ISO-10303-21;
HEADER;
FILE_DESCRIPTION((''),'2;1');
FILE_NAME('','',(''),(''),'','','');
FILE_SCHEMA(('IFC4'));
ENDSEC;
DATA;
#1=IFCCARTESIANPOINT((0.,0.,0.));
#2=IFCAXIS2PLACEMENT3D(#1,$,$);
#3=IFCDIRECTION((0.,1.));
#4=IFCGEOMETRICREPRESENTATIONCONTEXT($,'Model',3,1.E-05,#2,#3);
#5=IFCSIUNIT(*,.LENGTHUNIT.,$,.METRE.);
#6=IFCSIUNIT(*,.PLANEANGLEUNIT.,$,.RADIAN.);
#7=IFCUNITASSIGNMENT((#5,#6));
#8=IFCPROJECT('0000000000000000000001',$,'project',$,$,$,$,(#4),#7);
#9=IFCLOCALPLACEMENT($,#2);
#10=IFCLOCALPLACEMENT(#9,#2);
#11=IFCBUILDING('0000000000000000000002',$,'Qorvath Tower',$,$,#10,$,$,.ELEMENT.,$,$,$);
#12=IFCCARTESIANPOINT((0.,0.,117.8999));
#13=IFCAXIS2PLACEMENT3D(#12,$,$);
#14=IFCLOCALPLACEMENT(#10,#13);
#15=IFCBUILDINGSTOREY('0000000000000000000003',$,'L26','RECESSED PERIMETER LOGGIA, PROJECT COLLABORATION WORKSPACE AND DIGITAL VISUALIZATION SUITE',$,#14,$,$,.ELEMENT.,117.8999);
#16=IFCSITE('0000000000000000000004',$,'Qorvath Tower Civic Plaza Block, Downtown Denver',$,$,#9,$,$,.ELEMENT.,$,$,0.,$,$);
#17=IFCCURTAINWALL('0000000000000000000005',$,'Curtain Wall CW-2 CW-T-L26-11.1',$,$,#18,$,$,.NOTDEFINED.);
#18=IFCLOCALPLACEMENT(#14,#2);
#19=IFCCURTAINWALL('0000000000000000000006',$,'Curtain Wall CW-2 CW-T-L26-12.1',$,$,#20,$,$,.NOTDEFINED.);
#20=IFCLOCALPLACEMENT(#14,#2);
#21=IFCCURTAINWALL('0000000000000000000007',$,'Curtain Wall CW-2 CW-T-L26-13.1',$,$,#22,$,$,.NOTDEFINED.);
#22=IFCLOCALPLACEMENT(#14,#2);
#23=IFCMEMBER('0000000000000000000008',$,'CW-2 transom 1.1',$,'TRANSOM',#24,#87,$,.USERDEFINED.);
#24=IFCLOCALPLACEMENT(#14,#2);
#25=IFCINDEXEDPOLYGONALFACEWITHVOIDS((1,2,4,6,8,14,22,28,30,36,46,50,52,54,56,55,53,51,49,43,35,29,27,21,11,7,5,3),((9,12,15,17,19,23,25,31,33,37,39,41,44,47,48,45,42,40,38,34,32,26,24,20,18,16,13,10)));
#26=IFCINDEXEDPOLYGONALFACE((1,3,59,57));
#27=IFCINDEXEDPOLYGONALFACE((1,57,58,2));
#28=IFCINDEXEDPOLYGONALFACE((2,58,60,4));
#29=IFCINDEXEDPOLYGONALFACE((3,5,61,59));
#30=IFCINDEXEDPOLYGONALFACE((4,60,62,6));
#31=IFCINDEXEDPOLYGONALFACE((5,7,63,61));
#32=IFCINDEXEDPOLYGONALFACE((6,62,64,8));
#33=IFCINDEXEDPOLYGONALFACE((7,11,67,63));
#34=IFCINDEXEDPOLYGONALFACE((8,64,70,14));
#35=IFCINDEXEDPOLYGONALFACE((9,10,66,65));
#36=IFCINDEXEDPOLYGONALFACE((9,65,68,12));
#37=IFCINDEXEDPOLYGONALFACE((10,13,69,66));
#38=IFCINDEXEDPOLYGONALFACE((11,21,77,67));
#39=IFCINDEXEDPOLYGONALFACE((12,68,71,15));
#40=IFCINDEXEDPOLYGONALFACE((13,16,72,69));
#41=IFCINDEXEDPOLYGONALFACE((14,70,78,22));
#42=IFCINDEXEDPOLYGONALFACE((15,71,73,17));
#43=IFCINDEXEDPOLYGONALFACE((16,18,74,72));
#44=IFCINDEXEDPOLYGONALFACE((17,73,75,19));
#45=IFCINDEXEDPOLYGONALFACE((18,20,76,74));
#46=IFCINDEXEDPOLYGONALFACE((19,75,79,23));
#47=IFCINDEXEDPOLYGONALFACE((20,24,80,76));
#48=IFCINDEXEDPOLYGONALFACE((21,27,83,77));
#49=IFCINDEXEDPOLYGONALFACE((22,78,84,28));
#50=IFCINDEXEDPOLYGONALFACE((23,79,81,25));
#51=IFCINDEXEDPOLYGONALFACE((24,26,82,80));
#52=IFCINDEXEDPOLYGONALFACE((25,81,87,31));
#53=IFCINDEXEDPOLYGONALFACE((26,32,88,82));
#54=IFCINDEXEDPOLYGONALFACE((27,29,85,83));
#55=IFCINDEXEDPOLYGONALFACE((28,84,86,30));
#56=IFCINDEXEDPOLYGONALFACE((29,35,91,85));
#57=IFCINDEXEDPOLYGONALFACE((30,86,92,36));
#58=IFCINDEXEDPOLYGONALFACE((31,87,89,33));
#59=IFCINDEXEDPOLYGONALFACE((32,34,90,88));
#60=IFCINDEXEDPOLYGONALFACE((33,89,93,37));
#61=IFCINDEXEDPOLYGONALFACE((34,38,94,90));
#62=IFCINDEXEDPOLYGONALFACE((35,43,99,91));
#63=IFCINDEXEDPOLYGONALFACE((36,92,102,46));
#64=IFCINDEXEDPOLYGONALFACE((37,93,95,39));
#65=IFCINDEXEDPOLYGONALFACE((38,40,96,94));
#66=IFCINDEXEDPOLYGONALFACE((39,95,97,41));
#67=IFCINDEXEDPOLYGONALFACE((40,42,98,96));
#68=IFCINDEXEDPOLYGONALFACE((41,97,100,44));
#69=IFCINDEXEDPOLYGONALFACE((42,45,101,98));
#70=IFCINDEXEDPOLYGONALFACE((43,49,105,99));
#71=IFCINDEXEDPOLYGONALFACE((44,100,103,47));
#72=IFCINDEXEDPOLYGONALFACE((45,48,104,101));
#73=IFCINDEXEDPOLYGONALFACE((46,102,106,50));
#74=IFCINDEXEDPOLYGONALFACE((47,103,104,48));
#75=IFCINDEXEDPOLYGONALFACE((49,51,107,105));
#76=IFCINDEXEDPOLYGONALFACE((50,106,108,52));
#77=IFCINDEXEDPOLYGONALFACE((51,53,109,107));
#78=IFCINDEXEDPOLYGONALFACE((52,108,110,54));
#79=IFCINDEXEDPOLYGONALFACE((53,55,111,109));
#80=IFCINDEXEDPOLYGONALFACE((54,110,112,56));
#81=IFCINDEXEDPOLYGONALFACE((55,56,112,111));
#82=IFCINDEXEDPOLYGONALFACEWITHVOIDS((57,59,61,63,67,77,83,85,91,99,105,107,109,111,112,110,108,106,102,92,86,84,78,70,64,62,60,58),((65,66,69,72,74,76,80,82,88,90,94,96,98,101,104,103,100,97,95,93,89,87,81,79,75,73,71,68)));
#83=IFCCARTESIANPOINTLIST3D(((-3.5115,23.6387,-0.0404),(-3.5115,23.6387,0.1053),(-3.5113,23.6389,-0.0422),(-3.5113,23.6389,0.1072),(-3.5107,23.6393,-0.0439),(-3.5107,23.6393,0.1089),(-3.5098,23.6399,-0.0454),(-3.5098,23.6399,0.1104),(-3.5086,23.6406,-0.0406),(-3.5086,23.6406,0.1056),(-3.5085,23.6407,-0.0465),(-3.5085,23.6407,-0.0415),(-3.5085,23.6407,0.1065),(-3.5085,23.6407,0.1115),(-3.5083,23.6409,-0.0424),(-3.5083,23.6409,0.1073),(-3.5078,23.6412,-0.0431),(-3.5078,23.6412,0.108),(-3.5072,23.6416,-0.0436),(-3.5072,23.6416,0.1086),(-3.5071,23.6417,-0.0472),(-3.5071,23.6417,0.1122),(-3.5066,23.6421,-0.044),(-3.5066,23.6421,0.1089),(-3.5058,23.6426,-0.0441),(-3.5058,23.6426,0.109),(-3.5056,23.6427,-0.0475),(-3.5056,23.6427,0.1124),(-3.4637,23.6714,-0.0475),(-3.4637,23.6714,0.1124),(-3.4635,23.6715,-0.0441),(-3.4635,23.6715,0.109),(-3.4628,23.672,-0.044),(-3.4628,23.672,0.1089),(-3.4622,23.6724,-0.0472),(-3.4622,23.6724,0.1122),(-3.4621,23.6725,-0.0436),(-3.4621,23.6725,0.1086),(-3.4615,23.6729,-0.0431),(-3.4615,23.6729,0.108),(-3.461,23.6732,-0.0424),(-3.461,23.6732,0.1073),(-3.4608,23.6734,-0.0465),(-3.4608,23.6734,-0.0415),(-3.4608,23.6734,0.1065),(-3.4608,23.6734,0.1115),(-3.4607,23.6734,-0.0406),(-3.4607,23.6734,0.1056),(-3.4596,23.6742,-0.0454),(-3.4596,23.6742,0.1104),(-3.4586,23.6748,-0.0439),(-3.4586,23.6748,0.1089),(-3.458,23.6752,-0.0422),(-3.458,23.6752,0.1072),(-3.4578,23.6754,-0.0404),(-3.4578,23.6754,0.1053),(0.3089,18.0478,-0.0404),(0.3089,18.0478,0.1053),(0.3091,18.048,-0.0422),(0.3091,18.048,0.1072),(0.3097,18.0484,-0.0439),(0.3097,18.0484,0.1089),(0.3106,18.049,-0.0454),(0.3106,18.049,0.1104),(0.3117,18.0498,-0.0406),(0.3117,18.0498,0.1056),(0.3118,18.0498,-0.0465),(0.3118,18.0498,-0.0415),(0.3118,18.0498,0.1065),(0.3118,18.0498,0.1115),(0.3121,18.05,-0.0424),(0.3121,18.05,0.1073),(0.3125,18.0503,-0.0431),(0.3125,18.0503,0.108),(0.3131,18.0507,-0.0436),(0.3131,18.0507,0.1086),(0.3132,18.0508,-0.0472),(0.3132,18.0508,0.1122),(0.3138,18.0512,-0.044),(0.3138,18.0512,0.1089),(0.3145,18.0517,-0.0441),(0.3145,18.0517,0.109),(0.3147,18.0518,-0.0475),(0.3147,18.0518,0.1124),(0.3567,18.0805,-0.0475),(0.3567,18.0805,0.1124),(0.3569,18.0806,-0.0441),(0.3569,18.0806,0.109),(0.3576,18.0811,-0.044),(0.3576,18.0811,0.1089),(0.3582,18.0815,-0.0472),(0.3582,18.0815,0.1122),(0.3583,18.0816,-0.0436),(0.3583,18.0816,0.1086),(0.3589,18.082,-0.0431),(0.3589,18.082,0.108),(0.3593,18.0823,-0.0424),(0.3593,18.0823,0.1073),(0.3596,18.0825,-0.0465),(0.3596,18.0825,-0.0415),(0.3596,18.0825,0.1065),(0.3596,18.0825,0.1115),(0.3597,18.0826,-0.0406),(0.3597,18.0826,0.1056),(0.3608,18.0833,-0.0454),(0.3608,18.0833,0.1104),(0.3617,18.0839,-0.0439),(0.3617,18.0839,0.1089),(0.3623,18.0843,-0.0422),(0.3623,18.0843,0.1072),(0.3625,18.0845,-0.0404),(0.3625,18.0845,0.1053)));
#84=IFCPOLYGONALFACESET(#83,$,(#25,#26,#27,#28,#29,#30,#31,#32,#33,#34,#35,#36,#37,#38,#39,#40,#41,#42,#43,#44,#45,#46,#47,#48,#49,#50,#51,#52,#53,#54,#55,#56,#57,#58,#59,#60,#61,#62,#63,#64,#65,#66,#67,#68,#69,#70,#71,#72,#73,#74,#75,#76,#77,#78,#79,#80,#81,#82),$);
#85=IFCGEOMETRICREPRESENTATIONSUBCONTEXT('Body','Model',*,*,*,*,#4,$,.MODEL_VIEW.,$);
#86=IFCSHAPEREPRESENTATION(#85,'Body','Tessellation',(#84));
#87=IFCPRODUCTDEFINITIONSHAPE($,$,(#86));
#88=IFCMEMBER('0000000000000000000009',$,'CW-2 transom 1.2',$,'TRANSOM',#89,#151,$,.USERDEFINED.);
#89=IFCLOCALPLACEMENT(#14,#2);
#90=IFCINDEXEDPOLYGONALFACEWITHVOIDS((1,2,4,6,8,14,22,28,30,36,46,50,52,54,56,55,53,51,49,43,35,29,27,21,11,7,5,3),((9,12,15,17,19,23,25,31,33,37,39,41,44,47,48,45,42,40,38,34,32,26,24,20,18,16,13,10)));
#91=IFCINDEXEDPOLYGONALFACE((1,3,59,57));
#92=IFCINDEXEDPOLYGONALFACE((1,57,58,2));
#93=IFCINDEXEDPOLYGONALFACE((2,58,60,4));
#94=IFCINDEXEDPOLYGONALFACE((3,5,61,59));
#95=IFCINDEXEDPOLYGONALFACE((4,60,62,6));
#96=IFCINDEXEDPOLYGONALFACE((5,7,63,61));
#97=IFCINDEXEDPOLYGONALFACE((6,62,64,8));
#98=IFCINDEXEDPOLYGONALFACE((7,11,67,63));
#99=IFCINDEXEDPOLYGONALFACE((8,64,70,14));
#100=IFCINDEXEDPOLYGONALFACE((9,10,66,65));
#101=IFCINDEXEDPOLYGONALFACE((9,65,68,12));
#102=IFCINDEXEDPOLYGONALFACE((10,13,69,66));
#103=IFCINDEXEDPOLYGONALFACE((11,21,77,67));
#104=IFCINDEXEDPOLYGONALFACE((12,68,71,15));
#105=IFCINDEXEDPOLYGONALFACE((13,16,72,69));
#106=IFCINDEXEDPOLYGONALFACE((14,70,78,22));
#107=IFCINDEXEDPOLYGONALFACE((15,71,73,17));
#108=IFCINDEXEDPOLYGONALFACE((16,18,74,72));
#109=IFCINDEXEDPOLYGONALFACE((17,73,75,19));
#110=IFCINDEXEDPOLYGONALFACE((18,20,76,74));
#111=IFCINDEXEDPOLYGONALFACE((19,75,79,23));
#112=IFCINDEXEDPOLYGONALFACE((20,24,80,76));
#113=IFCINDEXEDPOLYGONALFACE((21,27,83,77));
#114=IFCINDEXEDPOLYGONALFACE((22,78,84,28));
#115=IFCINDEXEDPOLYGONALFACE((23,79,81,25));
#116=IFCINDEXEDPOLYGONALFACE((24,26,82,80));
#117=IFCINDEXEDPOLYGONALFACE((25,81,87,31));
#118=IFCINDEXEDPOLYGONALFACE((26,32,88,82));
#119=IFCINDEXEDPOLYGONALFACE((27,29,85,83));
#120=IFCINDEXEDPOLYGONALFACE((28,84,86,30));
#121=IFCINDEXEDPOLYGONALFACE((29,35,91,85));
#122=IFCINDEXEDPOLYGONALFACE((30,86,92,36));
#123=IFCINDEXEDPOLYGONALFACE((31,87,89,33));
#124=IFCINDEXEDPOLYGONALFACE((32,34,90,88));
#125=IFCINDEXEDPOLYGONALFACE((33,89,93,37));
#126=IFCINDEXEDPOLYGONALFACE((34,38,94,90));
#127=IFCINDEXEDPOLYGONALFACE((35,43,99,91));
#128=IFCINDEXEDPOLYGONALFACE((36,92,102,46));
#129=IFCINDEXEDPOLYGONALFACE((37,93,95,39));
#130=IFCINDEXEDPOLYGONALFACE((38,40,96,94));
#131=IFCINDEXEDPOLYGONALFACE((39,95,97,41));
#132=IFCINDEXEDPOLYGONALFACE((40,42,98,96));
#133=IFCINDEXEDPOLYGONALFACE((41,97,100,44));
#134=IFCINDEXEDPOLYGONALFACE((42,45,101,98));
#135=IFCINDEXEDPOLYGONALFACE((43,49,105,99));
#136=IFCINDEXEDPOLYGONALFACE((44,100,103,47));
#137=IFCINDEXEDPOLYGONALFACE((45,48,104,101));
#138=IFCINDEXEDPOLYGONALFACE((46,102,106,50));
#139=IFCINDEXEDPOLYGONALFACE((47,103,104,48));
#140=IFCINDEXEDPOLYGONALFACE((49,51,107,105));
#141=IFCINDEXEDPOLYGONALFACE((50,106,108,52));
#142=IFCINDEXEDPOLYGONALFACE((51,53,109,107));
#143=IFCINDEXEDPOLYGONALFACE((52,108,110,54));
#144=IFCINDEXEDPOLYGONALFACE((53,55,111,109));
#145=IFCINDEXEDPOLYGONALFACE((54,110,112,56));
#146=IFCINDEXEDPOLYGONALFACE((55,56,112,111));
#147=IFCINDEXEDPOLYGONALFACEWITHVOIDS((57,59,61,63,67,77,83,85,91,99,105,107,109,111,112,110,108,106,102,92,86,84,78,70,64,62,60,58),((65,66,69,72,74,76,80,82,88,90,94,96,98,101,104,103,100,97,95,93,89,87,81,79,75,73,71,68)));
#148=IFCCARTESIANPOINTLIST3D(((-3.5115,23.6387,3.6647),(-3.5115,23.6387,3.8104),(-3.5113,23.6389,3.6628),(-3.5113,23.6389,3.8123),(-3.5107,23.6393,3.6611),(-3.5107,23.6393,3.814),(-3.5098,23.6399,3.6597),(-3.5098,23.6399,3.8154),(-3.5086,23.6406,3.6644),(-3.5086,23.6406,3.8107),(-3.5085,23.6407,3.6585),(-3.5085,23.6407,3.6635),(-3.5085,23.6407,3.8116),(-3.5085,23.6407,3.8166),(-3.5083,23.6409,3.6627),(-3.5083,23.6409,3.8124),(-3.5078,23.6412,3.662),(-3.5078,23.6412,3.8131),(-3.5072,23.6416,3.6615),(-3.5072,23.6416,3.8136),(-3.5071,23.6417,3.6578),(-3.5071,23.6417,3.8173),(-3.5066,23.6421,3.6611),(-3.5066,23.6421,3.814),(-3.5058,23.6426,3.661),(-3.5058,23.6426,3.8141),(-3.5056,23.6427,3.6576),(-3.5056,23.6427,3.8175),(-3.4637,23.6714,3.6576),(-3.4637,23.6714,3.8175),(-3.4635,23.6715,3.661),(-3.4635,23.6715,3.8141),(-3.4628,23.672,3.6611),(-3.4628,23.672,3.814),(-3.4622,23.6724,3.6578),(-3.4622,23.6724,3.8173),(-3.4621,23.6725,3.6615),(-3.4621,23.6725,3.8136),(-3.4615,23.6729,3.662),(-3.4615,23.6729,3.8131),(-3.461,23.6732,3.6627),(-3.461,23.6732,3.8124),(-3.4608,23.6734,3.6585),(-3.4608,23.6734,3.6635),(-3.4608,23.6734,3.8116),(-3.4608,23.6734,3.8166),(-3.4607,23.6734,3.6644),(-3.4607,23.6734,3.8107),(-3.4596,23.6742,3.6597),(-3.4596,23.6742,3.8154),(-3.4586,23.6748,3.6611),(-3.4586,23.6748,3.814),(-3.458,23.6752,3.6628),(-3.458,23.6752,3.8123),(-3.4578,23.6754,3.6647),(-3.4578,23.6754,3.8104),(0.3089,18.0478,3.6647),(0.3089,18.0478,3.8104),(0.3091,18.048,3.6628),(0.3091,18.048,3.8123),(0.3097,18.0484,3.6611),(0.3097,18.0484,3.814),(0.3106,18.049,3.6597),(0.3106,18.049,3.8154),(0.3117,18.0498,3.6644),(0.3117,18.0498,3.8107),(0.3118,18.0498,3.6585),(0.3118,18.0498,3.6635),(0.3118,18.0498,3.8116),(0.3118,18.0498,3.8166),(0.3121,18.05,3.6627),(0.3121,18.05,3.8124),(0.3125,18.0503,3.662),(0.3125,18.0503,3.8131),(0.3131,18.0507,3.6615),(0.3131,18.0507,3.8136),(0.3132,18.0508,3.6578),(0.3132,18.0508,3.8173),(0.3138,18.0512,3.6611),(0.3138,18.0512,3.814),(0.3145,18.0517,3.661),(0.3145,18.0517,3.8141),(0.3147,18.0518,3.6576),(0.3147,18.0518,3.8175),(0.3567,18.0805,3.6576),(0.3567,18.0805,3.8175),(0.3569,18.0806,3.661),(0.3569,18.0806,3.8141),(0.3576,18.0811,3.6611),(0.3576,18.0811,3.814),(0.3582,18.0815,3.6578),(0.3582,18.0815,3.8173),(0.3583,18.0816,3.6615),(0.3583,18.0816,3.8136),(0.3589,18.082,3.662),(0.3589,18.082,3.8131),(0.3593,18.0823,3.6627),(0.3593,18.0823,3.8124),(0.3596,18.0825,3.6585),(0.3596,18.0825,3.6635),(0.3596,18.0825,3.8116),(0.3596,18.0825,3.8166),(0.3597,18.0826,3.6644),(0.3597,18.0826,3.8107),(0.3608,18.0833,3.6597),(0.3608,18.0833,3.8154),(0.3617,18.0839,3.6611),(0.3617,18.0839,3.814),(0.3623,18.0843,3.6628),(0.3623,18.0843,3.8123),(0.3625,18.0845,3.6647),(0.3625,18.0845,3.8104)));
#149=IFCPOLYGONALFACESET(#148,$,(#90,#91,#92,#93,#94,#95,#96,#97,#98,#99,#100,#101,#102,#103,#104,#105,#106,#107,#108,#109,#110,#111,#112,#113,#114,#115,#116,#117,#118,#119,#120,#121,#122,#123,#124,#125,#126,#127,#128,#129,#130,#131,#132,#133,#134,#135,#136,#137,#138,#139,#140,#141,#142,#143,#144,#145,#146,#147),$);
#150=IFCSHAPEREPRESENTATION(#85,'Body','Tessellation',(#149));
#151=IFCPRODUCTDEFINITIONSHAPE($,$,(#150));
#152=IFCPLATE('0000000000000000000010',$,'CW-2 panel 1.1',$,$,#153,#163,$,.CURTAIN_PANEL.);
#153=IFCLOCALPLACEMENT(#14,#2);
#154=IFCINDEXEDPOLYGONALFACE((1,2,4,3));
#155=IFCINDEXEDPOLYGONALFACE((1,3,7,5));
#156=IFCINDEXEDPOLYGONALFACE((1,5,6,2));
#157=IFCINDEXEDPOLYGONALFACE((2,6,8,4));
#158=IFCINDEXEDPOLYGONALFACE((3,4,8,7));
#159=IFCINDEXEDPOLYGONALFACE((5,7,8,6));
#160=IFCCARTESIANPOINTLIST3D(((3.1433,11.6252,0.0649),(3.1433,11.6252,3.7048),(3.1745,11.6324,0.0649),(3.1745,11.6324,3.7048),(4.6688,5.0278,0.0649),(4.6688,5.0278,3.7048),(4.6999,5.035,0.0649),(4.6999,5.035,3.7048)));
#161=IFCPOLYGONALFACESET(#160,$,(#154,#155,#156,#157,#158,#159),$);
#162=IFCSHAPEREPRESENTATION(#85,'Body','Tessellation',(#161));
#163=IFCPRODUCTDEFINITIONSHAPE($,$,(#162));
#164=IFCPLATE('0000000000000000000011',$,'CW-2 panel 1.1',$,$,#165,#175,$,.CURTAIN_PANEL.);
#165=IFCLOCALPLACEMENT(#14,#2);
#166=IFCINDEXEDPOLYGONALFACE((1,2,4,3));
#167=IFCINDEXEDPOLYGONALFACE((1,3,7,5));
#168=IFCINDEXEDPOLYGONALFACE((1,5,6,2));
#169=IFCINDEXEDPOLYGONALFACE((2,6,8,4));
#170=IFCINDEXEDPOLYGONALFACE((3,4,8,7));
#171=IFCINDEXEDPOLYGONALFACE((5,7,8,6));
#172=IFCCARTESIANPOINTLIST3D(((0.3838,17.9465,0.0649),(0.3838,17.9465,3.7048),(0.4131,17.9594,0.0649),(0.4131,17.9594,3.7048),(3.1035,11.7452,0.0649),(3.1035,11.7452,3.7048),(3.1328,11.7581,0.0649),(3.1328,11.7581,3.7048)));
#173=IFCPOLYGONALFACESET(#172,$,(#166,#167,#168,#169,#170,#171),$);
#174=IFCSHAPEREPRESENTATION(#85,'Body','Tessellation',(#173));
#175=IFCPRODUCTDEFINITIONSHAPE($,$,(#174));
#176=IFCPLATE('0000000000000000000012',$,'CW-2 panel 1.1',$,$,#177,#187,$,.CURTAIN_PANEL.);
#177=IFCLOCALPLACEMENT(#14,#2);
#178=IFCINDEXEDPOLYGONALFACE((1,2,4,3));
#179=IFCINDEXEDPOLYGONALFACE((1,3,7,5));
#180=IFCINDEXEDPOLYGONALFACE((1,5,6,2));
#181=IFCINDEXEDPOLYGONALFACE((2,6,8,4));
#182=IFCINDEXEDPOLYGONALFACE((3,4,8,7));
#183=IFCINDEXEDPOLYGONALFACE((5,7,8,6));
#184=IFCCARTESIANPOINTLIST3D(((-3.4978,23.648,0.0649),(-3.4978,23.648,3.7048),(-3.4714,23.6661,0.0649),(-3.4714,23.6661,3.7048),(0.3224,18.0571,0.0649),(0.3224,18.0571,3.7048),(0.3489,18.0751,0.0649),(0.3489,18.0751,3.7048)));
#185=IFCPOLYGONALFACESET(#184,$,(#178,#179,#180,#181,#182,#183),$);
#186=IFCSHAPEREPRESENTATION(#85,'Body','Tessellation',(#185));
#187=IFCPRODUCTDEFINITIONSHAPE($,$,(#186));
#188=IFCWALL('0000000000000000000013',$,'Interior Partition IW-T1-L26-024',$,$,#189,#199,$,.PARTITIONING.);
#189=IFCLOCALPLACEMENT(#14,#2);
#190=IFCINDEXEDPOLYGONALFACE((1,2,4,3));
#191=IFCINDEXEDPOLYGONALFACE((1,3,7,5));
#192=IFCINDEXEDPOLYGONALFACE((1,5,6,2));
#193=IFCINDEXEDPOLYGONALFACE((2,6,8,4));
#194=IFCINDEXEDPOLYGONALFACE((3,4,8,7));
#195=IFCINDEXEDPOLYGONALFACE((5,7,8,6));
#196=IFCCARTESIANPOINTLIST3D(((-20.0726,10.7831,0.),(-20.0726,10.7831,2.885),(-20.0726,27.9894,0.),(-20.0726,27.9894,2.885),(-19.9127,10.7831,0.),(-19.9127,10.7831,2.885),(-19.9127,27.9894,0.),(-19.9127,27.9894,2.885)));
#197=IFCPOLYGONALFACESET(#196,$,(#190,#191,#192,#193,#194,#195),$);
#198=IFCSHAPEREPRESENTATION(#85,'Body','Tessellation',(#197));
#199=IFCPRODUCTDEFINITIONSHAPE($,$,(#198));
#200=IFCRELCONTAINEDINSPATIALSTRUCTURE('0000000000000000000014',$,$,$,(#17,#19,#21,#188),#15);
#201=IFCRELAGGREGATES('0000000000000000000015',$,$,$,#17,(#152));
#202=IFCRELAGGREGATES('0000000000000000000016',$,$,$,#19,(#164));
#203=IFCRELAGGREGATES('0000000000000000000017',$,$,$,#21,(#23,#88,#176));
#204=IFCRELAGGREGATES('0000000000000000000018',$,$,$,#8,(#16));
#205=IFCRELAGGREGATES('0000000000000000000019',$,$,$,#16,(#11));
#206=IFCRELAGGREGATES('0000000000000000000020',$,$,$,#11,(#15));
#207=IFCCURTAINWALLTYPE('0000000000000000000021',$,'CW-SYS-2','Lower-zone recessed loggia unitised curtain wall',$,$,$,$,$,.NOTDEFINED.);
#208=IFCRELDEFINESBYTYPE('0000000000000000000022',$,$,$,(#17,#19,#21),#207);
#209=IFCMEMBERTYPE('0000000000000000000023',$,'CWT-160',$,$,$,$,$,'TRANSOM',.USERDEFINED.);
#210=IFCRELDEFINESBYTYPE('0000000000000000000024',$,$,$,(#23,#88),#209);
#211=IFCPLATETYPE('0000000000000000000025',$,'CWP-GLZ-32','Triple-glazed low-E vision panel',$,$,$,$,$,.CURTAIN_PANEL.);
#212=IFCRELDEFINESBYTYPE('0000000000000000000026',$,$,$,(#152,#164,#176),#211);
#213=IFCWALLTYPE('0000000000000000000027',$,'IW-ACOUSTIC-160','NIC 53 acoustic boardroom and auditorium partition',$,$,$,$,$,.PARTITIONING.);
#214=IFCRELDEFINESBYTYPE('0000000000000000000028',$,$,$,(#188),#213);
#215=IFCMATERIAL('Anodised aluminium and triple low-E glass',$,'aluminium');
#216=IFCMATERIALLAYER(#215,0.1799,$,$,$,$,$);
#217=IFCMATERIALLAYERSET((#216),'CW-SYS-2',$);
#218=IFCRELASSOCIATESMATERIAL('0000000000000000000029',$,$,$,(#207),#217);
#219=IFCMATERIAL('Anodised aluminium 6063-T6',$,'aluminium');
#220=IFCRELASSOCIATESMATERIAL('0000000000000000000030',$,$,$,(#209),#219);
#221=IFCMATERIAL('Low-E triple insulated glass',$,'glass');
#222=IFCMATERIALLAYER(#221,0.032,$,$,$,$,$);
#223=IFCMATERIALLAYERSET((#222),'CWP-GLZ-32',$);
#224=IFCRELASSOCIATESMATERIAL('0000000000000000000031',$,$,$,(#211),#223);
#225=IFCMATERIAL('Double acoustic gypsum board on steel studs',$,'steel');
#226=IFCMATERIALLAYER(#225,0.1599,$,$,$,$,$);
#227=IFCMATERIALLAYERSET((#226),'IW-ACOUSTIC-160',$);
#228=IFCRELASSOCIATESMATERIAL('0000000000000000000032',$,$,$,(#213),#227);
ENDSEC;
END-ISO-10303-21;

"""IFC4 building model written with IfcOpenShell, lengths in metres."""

from ifc_helpers import new_model, si_unit, direction, frame, frame_2d, origin, origin_2d, place, context, subcontext, project, spatial, rectangle, hollow_rectangle, extrude, material, layer, layer_set, material_profile, profile_set, type_object, element, aggregate, save


model = new_model("IFC4")

# Units and contexts
model_context = context("Model", 3, precision=1e-05, world=origin(), true_north=direction((0.0, 1.0)))
body_context = subcontext(model_context, "Body", "Model", "MODEL_VIEW")
ifc_project = project(units=[si_unit("LENGTHUNIT", "METRE"), si_unit("PLANEANGLEUNIT", "RADIAN")], contexts=[model_context])

# Site, building, storey
site_placement = place(None, origin())
site = spatial("IfcSite", under=ifc_project, at=site_placement, Name="Qorvath Tower Civic Plaza Block, Downtown Denver", CompositionType="ELEMENT", RefElevation=0.0)
building_placement = place(site_placement, origin())
building = spatial("IfcBuilding", under=site, at=building_placement, Name="Qorvath Tower", CompositionType="ELEMENT")
storey_placement = place(building_placement, frame((0.0, 0.0, 117.8999)))
storey = spatial("IfcBuildingStorey", under=building, at=storey_placement, Name="L26", Description="RECESSED PERIMETER LOGGIA, PROJECT COLLABORATION WORKSPACE AND DIGITAL VISUALIZATION SUITE", CompositionType="ELEMENT", Elevation=117.8999)

# Curtain wall
ifc_material_1 = material(Name="Anodised aluminium and triple low-E glass", Category="aluminium")
ifc_layer_1 = layer(ifc_material_1, 0.1799)
ifc_layer_set_1 = layer_set([ifc_layer_1], Name="CW-SYS-2")
curtain_wall_type = type_object("IfcCurtainWallType", Name="CW-SYS-2", Description="Lower-zone recessed loggia unitised curtain wall", PredefinedType="NOTDEFINED", material=ifc_layer_set_1)
curtain_wall_1_placement = place(storey_placement, origin())
curtain_wall_1 = element("IfcCurtainWall", 1, at=curtain_wall_1_placement, inside=storey, type_object=curtain_wall_type, Name="Curtain Wall CW-2 CW-T-L26-11.1", PredefinedType="NOTDEFINED")

# Curtain walls
curtain_wall_2_placement = place(storey_placement, origin())
curtain_wall_2 = element("IfcCurtainWall", 2, at=curtain_wall_2_placement, inside=storey, type_object=curtain_wall_type, Name="Curtain Wall CW-2 CW-T-L26-12.1", PredefinedType="NOTDEFINED")
curtain_wall_3_placement = place(storey_placement, origin())
curtain_wall_3 = element("IfcCurtainWall", 3, at=curtain_wall_3_placement, inside=storey, type_object=curtain_wall_type, Name="Curtain Wall CW-2 CW-T-L26-13.1", PredefinedType="NOTDEFINED")

# Members
ifc_material_2 = material(Name="Anodised aluminium 6063-T6", Category="aluminium")
ifc_material_profile_1 = material_profile(ifc_material_2, hollow_rectangle(XDim=0.0649, YDim=0.1599, WallThickness=0.0034, InnerFilletRadius=0.0034, OuterFilletRadius=0.0071, at=origin_2d()), Name="CWT 160x65")
ifc_profile_set_1 = profile_set([ifc_material_profile_1], Name="Anodised aluminium 6063-T6")
member_type_1 = type_object("IfcMemberType", Name="CWT-160", ElementType="TRANSOM", PredefinedType="USERDEFINED", material=ifc_profile_set_1)
member_1_placement = place(storey_placement, frame((0.3357, 18.0662, 0.0325), z_axis=(-0.564182, 0.82565, 0.0), x_axis=(-0.82565, -0.564182, 0.0)))
member_1 = element("IfcMember", 4, at=member_1_placement, type_object=member_type_1, Name="CW-2 transom 1.1", ObjectType="TRANSOM", PredefinedType="USERDEFINED", context=body_context, shape_type="SweptSolid", body=[
    extrude(hollow_rectangle(XDim=0.0649, YDim=0.1599, WallThickness=0.0034, InnerFilletRadius=0.0034, OuterFilletRadius=0.0071, at=origin_2d()), origin(), (0.0, 0.0, 1.0), 6.7715),
])
member_2_placement = place(storey_placement, frame((0.3357, 18.0662, 3.7375), z_axis=(-0.564182, 0.82565, 0.0), x_axis=(-0.82565, -0.564182, 0.0)))
member_2 = element("IfcMember", 5, at=member_2_placement, type_object=member_type_1, Name="CW-2 transom 1.2", ObjectType="TRANSOM", PredefinedType="USERDEFINED", context=body_context, shape_type="SweptSolid", body=[
    extrude(hollow_rectangle(XDim=0.0649, YDim=0.1599, WallThickness=0.0034, InnerFilletRadius=0.0034, OuterFilletRadius=0.0071, at=origin_2d()), origin(), (0.0, 0.0, 1.0), 6.7715),
])

# Plates
ifc_material_3 = material(Name="Low-E triple insulated glass", Category="glass")
ifc_layer_2 = layer(ifc_material_3, 0.032)
ifc_layer_set_2 = layer_set([ifc_layer_2], Name="CWP-GLZ-32")
plate_type = type_object("IfcPlateType", Name="CWP-GLZ-32", Description="Triple-glazed low-E vision panel", PredefinedType="CURTAIN_PANEL", material=ifc_layer_set_2)
plate_1_placement = place(storey_placement, frame((3.9216, 8.3301, 0.0649), z_axis=(0.0, 0.0, 1.0), x_axis=(-0.22527, 0.974296, 0.0)))
plate_1 = element("IfcPlate", 6, at=plate_1_placement, type_object=plate_type, Name="CW-2 panel 1.1", PredefinedType="CURTAIN_PANEL", context=body_context, shape_type="SweptSolid", body=[
    extrude(rectangle(XDim=6.7715, YDim=0.032, at=origin_2d()), origin(), (0.0, 0.0, 1.0), 3.6399),
])
aggregate(curtain_wall_1, [plate_1])
plate_2_placement = place(storey_placement, frame((1.7583, 14.8523, 0.0649), z_axis=(0.0, 0.0, 1.0), x_axis=(-0.401649, 0.915794, 0.0)))
plate_2 = element("IfcPlate", 7, at=plate_2_placement, type_object=plate_type, Name="CW-2 panel 1.1", PredefinedType="CURTAIN_PANEL", context=body_context, shape_type="SweptSolid", body=[
    extrude(rectangle(XDim=6.7715, YDim=0.032, at=origin_2d()), origin(), (0.0, 0.0, 1.0), 3.6399),
])
aggregate(curtain_wall_2, [plate_2])
plate_3_placement = place(storey_placement, frame((-1.5745, 20.8616, 0.0649), z_axis=(0.0, 0.0, 1.0), x_axis=(-0.564164, 0.825663, 0.0)))
plate_3 = element("IfcPlate", 8, at=plate_3_placement, type_object=plate_type, Name="CW-2 panel 1.1", PredefinedType="CURTAIN_PANEL", context=body_context, shape_type="SweptSolid", body=[
    extrude(rectangle(XDim=6.7715, YDim=0.032, at=origin_2d()), origin(), (0.0, 0.0, 1.0), 3.6399),
])
aggregate(curtain_wall_3, [member_1, member_2, plate_3])

# Wall
ifc_material_4 = material(Name="Double acoustic gypsum board on steel studs", Category="steel")
ifc_layer_3 = layer(ifc_material_4, 0.1599)
ifc_layer_set_3 = layer_set([ifc_layer_3], Name="IW-ACOUSTIC-160")
wall_type_1 = type_object("IfcWallType", Name="IW-ACOUSTIC-160", Description="NIC 53 acoustic boardroom and auditorium partition", PredefinedType="PARTITIONING", material=ifc_layer_set_3)
wall_1_placement = place(storey_placement, frame((-19.9927, 10.7832, 0.0), z_axis=(0.0, 0.0, 1.0), x_axis=(0.0, 1.0, 0.0)))
element("IfcWall", 9, at=wall_1_placement, inside=storey, type_object=wall_type_1, Name="Interior Partition IW-T1-L26-024", PredefinedType="PARTITIONING", context=body_context, shape_type="SweptSolid", body=[
    extrude(rectangle(XDim=17.2063, YDim=0.1599, at=frame_2d((8.603, 0.0))), origin(), (0.0, 0.0, 1.0), 2.885),
])

save(model, "model.ifc")
